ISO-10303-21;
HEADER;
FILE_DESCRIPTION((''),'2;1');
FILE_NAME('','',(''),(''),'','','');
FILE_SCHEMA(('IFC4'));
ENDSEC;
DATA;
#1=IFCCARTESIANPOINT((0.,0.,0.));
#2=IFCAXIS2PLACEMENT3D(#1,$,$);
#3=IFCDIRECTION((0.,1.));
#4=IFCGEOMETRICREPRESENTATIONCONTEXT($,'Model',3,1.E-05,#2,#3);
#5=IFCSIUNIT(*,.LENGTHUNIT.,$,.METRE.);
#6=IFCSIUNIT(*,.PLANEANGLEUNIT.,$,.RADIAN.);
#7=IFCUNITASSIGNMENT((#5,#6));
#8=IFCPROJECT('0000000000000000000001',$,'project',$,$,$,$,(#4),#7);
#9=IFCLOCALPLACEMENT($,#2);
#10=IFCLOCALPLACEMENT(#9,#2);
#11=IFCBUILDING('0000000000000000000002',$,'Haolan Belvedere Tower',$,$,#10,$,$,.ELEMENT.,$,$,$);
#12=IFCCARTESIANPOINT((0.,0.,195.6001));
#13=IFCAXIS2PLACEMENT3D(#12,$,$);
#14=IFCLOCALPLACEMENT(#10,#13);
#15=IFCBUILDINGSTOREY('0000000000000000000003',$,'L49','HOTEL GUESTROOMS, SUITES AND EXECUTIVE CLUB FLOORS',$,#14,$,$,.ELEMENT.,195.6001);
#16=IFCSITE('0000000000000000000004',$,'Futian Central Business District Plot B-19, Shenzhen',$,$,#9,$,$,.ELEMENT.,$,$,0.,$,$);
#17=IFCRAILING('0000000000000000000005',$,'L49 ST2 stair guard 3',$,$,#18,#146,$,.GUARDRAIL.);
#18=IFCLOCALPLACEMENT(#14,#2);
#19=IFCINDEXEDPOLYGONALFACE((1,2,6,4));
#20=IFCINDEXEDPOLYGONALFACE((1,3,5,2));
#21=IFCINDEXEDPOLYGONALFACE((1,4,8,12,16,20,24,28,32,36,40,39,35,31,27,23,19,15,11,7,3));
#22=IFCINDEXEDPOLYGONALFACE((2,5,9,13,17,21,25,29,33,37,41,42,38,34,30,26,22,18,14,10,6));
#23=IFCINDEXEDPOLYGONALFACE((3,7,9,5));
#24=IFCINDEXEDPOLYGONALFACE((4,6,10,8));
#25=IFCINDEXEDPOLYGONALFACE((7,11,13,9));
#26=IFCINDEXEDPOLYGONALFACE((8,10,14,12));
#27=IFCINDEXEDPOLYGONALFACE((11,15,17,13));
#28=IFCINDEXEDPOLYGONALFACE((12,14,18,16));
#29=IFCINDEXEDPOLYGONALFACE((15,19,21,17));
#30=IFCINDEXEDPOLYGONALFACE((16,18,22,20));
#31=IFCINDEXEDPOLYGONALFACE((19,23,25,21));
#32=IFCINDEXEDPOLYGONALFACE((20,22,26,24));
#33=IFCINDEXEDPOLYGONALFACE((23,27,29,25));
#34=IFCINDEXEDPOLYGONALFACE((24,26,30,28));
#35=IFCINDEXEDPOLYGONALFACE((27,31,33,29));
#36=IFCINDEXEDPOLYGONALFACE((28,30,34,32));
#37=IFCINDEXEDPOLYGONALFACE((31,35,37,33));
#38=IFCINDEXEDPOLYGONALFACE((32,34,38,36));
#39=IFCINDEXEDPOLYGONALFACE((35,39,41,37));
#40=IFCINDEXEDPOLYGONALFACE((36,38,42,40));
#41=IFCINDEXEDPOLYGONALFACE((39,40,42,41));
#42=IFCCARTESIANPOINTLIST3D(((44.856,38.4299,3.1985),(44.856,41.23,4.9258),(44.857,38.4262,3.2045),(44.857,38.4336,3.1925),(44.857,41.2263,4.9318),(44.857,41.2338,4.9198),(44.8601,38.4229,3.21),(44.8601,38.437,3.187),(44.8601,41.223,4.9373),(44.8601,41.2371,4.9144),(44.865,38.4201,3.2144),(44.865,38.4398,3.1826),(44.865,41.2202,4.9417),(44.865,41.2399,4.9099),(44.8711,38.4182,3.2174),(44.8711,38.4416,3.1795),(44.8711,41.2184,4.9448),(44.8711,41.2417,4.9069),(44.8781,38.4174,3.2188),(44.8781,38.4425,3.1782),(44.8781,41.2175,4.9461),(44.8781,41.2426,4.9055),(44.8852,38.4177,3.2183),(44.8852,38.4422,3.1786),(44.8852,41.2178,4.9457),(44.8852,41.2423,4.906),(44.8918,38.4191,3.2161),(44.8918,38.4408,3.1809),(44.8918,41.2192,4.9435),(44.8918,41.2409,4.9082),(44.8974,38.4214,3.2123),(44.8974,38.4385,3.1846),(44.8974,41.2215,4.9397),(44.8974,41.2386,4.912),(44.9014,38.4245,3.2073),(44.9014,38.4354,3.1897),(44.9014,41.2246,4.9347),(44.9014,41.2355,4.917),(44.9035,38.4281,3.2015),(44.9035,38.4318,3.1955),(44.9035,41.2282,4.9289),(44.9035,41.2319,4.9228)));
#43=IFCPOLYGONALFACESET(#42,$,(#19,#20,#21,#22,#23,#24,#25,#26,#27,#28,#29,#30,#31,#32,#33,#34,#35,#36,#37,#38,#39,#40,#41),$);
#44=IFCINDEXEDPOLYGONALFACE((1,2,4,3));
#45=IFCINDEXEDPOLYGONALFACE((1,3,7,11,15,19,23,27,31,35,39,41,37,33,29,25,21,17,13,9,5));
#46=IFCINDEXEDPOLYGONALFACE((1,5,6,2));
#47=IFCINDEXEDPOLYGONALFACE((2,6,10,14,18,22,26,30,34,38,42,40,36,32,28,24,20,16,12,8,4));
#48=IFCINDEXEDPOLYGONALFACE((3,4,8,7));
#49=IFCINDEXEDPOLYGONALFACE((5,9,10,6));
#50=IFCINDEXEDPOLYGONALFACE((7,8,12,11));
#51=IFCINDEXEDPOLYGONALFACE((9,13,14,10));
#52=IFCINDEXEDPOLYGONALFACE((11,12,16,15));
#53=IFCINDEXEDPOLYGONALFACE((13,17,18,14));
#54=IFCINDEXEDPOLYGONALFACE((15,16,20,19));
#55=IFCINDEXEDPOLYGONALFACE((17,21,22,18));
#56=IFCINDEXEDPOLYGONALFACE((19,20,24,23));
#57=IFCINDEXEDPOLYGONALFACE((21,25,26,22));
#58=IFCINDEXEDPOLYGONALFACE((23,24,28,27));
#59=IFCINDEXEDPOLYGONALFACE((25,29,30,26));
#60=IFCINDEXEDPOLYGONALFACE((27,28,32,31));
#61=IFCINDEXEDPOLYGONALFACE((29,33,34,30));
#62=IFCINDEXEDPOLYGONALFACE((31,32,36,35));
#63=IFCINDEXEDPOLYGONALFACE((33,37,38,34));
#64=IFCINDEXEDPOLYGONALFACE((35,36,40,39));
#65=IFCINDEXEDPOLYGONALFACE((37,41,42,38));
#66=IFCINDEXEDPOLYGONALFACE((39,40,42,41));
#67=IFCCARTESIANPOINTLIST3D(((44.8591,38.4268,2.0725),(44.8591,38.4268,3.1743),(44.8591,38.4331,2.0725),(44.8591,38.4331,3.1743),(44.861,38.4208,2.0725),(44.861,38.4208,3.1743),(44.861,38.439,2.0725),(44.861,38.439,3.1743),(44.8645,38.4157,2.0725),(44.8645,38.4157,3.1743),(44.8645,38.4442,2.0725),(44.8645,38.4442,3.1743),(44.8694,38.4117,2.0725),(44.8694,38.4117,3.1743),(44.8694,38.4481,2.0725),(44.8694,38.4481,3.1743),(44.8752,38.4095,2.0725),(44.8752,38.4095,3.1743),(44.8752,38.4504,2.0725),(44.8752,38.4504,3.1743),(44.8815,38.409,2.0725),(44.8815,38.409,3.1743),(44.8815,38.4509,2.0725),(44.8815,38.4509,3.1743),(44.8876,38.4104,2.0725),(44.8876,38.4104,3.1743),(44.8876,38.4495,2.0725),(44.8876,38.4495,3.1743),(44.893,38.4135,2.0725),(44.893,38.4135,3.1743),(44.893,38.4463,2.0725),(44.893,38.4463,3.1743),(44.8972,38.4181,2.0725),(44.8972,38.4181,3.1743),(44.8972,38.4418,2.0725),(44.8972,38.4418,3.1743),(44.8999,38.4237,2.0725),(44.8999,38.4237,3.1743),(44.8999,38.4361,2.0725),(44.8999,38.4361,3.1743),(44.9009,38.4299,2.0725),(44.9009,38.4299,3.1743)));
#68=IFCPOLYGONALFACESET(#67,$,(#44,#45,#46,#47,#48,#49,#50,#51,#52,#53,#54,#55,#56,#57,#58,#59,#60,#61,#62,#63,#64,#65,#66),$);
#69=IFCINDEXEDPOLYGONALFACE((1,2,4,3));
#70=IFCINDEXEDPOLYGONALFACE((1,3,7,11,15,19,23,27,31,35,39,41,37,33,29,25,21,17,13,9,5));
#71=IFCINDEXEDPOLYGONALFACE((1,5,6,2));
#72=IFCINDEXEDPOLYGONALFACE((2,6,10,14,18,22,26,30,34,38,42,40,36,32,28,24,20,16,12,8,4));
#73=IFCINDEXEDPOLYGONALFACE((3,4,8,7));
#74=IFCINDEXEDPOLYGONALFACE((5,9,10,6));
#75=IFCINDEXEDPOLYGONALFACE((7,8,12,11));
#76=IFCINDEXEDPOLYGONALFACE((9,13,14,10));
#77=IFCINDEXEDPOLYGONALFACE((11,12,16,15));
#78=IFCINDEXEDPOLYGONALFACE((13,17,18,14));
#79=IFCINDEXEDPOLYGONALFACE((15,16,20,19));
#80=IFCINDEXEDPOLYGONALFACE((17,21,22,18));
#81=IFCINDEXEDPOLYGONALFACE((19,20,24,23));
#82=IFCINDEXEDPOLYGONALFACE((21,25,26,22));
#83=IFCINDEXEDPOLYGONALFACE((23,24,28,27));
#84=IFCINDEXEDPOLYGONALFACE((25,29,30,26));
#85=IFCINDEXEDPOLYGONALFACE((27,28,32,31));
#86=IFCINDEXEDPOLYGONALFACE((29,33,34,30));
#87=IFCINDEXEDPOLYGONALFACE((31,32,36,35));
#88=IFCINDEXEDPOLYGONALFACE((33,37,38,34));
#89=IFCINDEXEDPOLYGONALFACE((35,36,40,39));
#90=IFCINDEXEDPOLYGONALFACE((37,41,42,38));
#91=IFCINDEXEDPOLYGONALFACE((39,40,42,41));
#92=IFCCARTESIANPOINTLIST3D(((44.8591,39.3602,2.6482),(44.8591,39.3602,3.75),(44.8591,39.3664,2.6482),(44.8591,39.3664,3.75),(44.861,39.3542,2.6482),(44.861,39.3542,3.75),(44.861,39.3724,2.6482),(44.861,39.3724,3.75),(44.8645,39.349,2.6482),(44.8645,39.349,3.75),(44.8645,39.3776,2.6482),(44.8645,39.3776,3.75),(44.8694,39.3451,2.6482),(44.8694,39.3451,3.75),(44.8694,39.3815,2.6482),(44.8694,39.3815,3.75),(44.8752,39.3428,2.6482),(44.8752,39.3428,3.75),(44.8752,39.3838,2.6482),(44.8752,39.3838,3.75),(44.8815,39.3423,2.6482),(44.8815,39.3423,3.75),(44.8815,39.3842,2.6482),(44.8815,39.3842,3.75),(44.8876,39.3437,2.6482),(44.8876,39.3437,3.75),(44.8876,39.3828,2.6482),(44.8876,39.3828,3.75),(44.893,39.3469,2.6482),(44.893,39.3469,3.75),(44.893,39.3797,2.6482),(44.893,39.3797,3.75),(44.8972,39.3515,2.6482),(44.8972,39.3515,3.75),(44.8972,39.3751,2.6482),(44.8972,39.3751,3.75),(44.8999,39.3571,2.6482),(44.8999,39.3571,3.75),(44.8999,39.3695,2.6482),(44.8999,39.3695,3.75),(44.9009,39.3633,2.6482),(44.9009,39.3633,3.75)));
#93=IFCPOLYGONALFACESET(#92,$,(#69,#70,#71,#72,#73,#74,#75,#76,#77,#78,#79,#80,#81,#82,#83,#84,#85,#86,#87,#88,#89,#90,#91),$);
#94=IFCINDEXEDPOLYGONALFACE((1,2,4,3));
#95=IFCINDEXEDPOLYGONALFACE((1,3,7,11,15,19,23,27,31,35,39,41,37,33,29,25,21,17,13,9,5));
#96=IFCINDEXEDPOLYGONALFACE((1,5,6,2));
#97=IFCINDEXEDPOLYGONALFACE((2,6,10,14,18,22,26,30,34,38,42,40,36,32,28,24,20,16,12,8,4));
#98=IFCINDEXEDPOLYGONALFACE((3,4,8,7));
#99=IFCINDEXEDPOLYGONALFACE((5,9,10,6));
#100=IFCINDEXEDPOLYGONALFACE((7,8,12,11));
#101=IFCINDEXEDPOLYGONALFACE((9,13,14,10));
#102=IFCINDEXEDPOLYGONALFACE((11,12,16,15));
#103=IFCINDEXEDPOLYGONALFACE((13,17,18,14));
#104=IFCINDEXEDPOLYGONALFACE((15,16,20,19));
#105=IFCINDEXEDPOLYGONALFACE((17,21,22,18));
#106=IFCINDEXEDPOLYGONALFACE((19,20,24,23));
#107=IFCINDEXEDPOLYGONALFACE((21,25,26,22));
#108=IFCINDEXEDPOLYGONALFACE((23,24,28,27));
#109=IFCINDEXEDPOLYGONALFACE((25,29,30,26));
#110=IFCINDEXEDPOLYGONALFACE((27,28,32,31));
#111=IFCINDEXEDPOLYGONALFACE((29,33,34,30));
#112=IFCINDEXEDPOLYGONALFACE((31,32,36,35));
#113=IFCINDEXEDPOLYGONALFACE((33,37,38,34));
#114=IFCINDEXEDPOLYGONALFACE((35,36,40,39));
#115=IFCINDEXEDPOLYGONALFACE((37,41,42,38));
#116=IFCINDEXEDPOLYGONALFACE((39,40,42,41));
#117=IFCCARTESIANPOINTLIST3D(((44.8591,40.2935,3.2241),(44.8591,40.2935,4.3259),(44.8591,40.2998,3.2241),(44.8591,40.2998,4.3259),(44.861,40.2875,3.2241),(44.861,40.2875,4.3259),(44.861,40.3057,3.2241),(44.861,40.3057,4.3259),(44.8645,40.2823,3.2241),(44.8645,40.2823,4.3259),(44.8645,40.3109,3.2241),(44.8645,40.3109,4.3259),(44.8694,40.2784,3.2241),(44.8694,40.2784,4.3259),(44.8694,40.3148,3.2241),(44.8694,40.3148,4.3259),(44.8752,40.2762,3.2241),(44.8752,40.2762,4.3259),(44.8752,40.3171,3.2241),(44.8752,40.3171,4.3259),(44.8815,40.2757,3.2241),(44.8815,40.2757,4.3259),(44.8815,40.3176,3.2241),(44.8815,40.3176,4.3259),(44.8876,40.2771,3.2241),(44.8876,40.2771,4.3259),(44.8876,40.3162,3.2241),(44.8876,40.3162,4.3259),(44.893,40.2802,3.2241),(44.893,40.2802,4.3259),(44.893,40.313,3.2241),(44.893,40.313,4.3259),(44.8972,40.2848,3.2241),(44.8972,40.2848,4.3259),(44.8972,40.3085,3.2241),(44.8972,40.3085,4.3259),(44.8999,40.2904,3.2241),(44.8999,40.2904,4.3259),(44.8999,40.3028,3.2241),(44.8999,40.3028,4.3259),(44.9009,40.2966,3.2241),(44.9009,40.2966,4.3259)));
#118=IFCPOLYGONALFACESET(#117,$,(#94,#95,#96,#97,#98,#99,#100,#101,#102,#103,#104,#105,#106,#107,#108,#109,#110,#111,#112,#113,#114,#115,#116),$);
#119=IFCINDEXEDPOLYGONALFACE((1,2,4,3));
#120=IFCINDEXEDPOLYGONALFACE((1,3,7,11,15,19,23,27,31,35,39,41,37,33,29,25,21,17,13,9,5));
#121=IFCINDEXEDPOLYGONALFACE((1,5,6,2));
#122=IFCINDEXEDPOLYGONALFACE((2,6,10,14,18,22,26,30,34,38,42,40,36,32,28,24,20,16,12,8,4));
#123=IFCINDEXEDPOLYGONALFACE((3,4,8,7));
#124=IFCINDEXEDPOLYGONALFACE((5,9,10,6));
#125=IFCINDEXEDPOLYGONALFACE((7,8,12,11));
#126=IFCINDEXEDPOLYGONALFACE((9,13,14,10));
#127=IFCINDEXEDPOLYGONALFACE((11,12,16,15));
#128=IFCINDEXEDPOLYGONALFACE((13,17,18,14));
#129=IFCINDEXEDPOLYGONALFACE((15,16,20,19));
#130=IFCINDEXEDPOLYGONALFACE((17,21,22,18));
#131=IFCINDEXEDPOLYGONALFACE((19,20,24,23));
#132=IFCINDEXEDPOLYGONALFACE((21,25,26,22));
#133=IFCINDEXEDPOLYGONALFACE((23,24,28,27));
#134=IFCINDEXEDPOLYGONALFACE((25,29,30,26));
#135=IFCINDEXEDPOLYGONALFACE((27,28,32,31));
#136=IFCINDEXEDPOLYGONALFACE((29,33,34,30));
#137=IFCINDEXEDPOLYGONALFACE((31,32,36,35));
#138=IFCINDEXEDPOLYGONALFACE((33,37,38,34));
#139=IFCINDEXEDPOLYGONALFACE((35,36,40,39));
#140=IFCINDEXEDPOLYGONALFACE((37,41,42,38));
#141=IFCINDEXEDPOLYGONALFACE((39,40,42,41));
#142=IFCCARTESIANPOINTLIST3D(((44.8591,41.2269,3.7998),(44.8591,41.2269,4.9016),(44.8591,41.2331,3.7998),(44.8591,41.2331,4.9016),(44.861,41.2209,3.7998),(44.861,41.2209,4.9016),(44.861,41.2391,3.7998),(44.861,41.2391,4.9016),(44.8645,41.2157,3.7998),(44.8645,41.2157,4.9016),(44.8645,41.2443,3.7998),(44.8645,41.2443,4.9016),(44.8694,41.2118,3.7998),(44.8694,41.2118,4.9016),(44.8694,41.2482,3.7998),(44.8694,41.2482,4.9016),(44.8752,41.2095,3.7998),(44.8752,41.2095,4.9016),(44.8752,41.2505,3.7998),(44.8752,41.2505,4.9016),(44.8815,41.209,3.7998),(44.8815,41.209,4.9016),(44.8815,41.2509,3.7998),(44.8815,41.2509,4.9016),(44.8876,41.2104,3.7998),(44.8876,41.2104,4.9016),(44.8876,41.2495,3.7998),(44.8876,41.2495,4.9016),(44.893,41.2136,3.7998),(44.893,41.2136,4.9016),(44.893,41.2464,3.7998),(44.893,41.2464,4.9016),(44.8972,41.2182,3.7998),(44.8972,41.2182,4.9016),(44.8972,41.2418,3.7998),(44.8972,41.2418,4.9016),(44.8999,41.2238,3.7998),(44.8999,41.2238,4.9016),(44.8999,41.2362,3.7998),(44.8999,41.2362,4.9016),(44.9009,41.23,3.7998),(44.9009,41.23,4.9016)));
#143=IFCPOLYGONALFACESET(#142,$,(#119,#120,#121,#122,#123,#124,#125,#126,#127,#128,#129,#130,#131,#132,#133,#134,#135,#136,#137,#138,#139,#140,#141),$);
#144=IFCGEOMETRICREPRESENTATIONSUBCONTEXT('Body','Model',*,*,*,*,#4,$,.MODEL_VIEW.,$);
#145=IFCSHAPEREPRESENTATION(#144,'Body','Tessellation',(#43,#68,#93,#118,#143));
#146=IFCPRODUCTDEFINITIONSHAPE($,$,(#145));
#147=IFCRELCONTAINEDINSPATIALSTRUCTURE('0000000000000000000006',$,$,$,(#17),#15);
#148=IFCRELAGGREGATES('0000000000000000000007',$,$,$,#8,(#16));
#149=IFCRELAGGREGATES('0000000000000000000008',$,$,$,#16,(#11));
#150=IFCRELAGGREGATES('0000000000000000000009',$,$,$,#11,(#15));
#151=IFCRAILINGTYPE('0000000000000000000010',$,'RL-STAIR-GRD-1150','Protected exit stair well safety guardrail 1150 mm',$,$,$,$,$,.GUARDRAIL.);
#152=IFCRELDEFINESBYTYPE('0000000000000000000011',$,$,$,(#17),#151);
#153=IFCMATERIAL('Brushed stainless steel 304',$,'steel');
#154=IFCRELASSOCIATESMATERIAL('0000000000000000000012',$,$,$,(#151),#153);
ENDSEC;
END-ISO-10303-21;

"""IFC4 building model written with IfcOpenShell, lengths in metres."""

from ifc_helpers import new_model, si_unit, direction, frame, origin, origin_2d, place, context, subcontext, project, spatial, circle, extrude, material, type_object, element, save


model = new_model("IFC4")

# Units and contexts
model_context = context("Model", 3, precision=1e-05, world=origin(), true_north=direction((0.0, 1.0)))
body_context = subcontext(model_context, "Body", "Model", "MODEL_VIEW")
ifc_project = project(units=[si_unit("LENGTHUNIT", "METRE"), si_unit("PLANEANGLEUNIT", "RADIAN")], contexts=[model_context])

# Site, building, storey
site_placement = place(None, origin())
site = spatial("IfcSite", under=ifc_project, at=site_placement, Name="Futian Central Business District Plot B-19, Shenzhen", CompositionType="ELEMENT", RefElevation=0.0)
building_placement = place(site_placement, origin())
building = spatial("IfcBuilding", under=site, at=building_placement, Name="Haolan Belvedere Tower", CompositionType="ELEMENT")
storey_placement = place(building_placement, frame((0.0, 0.0, 195.6001)))
storey = spatial("IfcBuildingStorey", under=building, at=storey_placement, Name="L49", Description="HOTEL GUESTROOMS, SUITES AND EXECUTIVE CLUB FLOORS", CompositionType="ELEMENT", Elevation=195.6001)

# Railing
ifc_material_1 = material(Name="Brushed stainless steel 304", Category="steel")
railing_type_1 = type_object("IfcRailingType", Name="RL-STAIR-GRD-1150", Description="Protected exit stair well safety guardrail 1150 mm", PredefinedType="GUARDRAIL", material=ifc_material_1)
railing_1_placement = place(storey_placement, frame((44.8799, 38.4299, 2.0725)))
element("IfcRailing", 1, at=railing_1_placement, inside=storey, type_object=railing_type_1, Name="L49 ST2 stair guard 3", PredefinedType="GUARDRAIL", context=body_context, shape_type="SweptSolid", body=[
    extrude(circle(Radius=0.0239, at=origin_2d()), frame((0.0, 0.0, 1.126), z_axis=(0.0, 0.85109, 0.52502), x_axis=(-1.0, 0.0, 0.0)), (0.0, 0.0, 1.0), 3.29),
    extrude(circle(Radius=0.021, at=origin_2d()), origin(), (0.0, 0.0, 1.0), 1.1018),
    extrude(circle(Radius=0.021, at=origin_2d()), frame((0.0, 0.9333, 0.5757)), (0.0, 0.0, 1.0), 1.1018),
    extrude(circle(Radius=0.021, at=origin_2d()), frame((0.0, 1.8667, 1.1516)), (0.0, 0.0, 1.0), 1.1018),
    extrude(circle(Radius=0.021, at=origin_2d()), frame((0.0, 2.8, 1.7273)), (0.0, 0.0, 1.0), 1.1018),
])

save(model, "model.ifc")
